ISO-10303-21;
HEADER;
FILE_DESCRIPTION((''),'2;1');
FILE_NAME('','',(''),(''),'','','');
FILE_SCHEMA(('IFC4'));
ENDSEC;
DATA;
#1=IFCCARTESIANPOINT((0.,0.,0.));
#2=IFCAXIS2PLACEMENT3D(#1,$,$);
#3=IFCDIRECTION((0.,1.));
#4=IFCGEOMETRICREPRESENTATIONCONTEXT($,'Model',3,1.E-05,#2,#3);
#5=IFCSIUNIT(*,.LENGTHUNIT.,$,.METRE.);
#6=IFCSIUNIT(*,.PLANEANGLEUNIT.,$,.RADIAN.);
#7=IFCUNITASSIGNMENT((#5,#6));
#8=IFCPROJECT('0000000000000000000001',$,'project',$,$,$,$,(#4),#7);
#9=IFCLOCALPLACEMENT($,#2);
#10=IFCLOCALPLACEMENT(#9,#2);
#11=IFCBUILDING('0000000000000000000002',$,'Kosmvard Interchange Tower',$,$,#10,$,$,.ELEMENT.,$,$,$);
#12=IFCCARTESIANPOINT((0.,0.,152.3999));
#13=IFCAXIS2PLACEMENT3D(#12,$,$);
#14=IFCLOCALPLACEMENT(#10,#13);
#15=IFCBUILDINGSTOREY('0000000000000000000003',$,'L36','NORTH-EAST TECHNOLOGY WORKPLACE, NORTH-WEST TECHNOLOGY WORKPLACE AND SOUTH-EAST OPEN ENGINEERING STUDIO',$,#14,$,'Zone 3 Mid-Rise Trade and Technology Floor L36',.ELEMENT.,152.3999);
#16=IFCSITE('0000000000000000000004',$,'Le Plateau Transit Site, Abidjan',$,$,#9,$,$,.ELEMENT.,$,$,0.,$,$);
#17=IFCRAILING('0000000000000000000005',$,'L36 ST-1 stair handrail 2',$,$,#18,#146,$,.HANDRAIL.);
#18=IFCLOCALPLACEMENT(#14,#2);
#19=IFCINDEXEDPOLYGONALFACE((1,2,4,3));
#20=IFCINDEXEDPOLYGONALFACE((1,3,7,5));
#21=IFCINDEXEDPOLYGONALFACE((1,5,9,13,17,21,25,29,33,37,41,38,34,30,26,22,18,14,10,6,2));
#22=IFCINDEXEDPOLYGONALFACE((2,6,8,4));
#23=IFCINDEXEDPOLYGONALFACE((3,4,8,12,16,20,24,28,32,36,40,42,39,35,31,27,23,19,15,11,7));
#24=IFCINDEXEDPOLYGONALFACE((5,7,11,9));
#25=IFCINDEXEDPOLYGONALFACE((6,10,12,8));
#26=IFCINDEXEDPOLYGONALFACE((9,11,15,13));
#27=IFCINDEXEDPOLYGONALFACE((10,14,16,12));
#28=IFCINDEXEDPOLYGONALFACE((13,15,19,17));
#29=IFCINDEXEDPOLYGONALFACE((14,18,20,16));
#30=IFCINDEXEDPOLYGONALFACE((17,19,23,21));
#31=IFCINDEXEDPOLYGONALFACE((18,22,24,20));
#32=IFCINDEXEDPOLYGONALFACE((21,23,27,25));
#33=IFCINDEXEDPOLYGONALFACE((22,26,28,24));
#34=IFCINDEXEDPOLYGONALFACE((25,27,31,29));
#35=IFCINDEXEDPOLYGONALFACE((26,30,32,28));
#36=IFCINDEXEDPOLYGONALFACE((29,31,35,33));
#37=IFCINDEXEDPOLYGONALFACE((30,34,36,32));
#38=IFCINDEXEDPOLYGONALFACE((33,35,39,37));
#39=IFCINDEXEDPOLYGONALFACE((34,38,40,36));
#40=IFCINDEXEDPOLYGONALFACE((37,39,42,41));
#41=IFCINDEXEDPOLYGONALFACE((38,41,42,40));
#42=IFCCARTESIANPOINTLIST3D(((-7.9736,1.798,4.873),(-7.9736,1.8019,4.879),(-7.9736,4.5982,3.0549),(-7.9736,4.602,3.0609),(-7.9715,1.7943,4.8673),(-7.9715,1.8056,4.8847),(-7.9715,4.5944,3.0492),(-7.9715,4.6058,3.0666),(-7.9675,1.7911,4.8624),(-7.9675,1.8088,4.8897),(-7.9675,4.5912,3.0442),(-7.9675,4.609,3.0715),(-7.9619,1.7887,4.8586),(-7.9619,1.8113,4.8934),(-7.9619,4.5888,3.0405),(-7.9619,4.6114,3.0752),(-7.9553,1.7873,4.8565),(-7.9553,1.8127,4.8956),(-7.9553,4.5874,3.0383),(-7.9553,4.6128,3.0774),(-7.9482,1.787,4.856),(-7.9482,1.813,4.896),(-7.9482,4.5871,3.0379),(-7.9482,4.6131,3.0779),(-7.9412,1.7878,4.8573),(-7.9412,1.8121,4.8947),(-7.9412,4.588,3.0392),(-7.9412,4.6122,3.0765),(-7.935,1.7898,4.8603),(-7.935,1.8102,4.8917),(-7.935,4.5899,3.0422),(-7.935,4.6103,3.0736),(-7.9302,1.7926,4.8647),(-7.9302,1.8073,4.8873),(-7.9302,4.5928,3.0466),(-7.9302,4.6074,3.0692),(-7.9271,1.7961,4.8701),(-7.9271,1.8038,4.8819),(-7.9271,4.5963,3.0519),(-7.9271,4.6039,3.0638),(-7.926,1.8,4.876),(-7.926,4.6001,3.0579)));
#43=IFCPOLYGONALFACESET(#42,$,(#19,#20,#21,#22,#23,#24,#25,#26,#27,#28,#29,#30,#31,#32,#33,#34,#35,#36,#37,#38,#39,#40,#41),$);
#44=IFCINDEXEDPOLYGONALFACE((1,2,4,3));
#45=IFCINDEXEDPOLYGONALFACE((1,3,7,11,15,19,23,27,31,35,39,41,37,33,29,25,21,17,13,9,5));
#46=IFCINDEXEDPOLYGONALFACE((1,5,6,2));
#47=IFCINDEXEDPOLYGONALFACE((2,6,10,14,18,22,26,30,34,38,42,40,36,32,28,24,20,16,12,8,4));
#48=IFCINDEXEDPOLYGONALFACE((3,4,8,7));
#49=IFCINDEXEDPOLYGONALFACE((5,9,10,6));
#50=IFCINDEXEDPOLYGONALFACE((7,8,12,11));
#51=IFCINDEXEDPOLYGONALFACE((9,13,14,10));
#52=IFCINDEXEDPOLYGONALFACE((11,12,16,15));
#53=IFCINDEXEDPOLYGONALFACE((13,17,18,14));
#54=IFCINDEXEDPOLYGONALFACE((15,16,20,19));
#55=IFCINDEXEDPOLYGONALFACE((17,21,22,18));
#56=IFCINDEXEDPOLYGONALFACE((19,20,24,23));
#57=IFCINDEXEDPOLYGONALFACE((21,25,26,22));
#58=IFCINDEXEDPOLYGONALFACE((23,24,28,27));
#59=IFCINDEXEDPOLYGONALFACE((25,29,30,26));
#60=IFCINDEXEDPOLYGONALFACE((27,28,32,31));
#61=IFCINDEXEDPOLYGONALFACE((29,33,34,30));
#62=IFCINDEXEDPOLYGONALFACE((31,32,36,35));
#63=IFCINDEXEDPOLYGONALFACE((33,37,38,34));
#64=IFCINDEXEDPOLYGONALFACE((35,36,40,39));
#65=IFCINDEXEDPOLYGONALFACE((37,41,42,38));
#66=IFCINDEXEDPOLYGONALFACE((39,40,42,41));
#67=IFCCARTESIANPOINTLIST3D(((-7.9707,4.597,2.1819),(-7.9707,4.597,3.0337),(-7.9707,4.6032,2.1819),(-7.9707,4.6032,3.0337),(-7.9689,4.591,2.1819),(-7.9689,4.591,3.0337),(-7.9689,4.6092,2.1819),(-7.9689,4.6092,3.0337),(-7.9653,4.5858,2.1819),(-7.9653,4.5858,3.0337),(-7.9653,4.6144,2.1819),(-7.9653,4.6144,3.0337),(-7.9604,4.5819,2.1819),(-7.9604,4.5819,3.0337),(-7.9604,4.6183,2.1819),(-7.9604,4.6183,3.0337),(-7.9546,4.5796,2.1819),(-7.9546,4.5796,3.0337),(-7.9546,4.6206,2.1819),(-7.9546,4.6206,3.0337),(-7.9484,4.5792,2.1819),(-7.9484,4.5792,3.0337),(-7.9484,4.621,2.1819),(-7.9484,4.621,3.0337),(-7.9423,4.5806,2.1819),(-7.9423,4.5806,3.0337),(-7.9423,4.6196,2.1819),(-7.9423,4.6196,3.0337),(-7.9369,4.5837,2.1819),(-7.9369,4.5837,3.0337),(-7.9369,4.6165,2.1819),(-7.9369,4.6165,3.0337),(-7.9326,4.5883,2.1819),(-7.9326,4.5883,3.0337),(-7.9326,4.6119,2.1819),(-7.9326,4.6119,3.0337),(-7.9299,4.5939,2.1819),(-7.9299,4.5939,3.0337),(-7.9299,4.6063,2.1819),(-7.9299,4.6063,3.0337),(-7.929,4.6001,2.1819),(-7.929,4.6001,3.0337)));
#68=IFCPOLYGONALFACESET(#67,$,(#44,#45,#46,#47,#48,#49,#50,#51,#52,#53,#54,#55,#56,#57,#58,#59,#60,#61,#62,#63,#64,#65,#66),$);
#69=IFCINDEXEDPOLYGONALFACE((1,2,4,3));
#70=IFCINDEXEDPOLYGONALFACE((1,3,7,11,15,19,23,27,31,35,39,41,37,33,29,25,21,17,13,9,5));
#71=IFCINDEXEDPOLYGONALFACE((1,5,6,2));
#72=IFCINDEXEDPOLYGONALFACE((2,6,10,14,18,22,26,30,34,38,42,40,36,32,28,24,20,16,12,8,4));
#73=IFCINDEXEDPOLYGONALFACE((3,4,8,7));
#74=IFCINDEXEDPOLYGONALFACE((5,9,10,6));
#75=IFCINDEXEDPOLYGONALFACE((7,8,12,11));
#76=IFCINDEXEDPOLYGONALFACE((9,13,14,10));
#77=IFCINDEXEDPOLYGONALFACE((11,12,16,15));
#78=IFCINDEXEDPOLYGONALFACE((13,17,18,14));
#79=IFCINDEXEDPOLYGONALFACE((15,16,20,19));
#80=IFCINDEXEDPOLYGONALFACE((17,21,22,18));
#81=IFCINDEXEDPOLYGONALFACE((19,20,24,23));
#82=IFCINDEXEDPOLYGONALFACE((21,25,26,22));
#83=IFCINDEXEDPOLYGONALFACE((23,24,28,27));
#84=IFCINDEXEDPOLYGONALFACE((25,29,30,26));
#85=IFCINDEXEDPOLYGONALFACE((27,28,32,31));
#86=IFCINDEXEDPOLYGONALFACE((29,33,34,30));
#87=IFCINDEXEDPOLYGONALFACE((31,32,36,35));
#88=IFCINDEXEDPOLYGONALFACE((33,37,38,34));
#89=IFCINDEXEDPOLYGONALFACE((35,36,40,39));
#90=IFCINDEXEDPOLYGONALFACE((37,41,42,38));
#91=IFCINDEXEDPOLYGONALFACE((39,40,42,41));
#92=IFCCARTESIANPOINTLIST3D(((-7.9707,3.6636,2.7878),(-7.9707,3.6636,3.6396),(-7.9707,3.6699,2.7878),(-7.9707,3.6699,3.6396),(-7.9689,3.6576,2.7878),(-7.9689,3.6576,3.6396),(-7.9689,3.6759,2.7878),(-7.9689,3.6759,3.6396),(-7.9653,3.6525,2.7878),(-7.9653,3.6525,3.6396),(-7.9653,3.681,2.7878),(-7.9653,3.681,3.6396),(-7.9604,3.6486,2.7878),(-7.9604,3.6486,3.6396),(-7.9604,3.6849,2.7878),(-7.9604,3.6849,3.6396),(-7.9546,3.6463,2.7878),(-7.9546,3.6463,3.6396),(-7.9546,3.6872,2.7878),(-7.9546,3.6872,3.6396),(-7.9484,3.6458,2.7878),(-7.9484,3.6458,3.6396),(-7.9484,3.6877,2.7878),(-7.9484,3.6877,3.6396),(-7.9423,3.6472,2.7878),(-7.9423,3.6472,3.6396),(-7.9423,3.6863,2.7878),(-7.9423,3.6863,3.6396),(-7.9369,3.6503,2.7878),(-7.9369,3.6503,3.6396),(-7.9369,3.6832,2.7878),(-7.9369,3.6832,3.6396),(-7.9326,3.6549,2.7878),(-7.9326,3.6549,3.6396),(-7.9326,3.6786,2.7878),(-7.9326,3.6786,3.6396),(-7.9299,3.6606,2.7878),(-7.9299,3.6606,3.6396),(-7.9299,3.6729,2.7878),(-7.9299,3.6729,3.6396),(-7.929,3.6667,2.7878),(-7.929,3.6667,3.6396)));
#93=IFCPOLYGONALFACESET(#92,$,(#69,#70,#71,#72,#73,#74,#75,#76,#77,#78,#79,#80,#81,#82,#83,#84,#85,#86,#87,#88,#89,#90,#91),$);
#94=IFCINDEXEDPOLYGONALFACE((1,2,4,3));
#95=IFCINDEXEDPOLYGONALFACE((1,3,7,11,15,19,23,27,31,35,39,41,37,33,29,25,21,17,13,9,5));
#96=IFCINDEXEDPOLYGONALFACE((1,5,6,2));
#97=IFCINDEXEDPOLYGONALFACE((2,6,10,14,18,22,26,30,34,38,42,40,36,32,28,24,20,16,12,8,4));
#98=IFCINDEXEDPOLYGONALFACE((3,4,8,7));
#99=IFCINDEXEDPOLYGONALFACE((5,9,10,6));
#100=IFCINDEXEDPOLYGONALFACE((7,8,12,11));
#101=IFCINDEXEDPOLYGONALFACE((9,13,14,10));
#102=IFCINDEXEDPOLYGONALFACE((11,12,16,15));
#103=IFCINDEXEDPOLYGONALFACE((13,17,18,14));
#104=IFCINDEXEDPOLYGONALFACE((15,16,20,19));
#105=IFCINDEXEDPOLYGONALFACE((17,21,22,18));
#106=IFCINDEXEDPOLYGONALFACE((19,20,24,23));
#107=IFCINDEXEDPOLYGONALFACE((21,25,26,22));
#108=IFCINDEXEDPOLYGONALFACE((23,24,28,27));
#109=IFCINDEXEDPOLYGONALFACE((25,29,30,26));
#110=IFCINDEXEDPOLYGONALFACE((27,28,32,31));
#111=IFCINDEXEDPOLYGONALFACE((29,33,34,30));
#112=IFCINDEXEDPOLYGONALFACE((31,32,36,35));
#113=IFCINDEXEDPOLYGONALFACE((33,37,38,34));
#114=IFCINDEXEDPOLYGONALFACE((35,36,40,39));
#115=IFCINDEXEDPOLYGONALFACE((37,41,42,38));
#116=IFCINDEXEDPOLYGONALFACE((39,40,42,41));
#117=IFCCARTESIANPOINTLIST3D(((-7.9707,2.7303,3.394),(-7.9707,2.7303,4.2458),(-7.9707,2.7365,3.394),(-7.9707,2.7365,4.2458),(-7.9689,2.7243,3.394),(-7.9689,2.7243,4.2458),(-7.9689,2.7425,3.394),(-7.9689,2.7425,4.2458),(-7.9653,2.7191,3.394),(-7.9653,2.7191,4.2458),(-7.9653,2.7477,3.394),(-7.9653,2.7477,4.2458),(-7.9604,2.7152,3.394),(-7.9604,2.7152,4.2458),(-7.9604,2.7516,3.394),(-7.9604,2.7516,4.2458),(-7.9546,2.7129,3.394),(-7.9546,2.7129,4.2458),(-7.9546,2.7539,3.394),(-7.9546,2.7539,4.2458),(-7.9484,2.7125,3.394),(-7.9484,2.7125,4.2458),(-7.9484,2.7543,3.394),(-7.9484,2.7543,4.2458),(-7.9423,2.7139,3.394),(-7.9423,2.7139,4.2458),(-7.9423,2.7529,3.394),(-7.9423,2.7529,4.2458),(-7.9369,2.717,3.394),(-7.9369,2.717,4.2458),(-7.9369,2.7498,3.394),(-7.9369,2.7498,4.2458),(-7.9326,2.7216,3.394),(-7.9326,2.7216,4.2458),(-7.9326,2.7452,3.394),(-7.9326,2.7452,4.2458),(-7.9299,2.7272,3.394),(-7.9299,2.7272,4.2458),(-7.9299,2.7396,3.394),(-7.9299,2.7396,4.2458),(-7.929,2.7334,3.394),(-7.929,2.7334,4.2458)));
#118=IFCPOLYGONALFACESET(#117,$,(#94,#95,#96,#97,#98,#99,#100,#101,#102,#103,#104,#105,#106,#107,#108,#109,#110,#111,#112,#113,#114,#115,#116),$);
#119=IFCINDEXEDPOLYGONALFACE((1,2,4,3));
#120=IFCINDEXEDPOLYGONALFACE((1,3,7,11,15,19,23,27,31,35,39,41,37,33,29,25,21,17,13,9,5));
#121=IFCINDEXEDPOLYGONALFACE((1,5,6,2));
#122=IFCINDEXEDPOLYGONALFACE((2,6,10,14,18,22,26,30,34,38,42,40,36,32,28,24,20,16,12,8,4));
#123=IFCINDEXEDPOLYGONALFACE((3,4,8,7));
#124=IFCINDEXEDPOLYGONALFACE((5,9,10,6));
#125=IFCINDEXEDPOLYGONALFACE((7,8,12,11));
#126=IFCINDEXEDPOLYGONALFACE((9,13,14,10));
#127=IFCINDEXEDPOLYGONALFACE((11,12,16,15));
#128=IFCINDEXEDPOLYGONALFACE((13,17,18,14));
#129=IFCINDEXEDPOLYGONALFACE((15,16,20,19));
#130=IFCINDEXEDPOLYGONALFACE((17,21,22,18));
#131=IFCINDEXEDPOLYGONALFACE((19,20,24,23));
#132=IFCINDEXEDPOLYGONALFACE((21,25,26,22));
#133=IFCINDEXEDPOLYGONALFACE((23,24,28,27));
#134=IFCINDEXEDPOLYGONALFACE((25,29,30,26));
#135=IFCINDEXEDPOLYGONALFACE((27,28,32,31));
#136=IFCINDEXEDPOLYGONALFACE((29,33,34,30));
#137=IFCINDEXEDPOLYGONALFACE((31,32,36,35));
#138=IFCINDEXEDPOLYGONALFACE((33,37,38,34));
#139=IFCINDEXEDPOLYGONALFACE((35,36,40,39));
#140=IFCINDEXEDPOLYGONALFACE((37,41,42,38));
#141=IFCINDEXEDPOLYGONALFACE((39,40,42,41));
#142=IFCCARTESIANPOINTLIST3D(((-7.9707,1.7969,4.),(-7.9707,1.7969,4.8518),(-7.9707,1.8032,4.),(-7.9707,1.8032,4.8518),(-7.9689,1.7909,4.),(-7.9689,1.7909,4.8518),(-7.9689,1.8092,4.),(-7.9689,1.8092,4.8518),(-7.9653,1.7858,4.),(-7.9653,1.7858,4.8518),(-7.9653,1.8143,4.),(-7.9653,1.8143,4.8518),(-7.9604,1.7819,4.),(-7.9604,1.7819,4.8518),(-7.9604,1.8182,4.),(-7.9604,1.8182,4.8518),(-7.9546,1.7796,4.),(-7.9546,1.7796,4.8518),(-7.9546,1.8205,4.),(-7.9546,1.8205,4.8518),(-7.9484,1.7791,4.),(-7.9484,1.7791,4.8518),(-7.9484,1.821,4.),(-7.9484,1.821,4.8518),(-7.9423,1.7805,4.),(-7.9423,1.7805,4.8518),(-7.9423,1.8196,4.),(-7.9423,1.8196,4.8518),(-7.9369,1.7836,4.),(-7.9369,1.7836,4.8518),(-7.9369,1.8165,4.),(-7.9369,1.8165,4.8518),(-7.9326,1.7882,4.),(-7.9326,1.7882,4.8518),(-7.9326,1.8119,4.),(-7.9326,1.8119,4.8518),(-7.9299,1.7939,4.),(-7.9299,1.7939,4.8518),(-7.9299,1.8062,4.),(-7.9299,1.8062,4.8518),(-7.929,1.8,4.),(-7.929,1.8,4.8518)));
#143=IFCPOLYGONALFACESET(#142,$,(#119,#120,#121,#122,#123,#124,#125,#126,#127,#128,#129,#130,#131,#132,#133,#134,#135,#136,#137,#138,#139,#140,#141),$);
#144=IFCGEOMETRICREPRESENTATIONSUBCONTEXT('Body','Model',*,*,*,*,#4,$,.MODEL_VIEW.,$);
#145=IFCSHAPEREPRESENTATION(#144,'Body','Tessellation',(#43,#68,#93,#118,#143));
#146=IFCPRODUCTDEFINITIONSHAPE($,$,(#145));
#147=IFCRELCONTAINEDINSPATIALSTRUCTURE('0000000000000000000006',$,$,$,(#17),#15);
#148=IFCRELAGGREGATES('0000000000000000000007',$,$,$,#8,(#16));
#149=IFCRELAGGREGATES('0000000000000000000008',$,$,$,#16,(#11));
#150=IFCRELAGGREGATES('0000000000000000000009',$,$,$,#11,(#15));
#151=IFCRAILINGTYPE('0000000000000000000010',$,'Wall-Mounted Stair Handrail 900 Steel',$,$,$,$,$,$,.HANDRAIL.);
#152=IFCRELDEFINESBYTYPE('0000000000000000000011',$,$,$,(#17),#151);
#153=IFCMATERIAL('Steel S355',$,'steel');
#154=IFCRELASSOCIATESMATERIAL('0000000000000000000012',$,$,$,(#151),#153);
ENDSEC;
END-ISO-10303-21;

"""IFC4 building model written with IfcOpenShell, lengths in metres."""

from ifc_helpers import new_model, si_unit, direction, frame, origin, origin_2d, place, context, subcontext, project, spatial, circle, extrude, source, transform, mapped, material, type_object, element, save


model = new_model("IFC4")

# Units and contexts
model_context = context("Model", 3, precision=1e-05, world=origin(), true_north=direction((0.0, 1.0)))
body_context = subcontext(model_context, "Body", "Model", "MODEL_VIEW")
ifc_project = project(units=[si_unit("LENGTHUNIT", "METRE"), si_unit("PLANEANGLEUNIT", "RADIAN")], contexts=[model_context])

# Site, building, storey
site_placement = place(None, origin())
site = spatial("IfcSite", under=ifc_project, at=site_placement, Name="Le Plateau Transit Site, Abidjan", CompositionType="ELEMENT", RefElevation=0.0)
building_placement = place(site_placement, origin())
building = spatial("IfcBuilding", under=site, at=building_placement, Name="Kosmvard Interchange Tower", CompositionType="ELEMENT")
storey_placement = place(building_placement, frame((0.0, 0.0, 152.3999)))
storey = spatial("IfcBuildingStorey", under=building, at=storey_placement, Name="L36", Description="NORTH-EAST TECHNOLOGY WORKPLACE, NORTH-WEST TECHNOLOGY WORKPLACE AND SOUTH-EAST OPEN ENGINEERING STUDIO", LongName="Zone 3 Mid-Rise Trade and Technology Floor L36", CompositionType="ELEMENT", Elevation=152.3999)

# Shared definitions
ifc_material_1 = material(Name="Steel S355", Category="steel")

# Railing
railing_type_1 = type_object("IfcRailingType", Name="Wall-Mounted Stair Handrail 900 Steel", PredefinedType="HANDRAIL", material=ifc_material_1)
shared_shape_1 = source(origin(), body_context, "Body", "SweptSolid", [
    extrude(circle(Radius=0.0239, at=origin_2d()), frame((0.0, 0.0, 0.876), z_axis=(0.0, -0.838706, 0.544585), x_axis=(1.0, 0.0, 0.0)), (0.0, 0.0, 1.0), 3.3386),
    extrude(circle(Radius=0.021, at=origin_2d()), origin(), (0.0, 0.0, 1.0), 0.8518),
    extrude(circle(Radius=0.021, at=origin_2d()), frame((0.0, -0.9333, 0.606)), (0.0, 0.0, 1.0), 0.8518),
    extrude(circle(Radius=0.021, at=origin_2d()), frame((0.0, -1.8667, 1.2122)), (0.0, 0.0, 1.0), 0.8518),
    extrude(circle(Radius=0.021, at=origin_2d()), frame((0.0, -2.8, 1.8181)), (0.0, 0.0, 1.0), 0.8518),
])
railing_1_placement = place(storey_placement, frame((-7.95, 4.6001, 2.1819)))
element("IfcRailing", 1, at=railing_1_placement, inside=storey, type_object=railing_type_1, Name="L36 ST-1 stair handrail 2", PredefinedType="HANDRAIL", context=body_context, shape_type="MappedRepresentation", body=[
    mapped(shared_shape_1, transform((0.0, 0.0, 0.0), scale=1.0)),
])

save(model, "model.ifc")
